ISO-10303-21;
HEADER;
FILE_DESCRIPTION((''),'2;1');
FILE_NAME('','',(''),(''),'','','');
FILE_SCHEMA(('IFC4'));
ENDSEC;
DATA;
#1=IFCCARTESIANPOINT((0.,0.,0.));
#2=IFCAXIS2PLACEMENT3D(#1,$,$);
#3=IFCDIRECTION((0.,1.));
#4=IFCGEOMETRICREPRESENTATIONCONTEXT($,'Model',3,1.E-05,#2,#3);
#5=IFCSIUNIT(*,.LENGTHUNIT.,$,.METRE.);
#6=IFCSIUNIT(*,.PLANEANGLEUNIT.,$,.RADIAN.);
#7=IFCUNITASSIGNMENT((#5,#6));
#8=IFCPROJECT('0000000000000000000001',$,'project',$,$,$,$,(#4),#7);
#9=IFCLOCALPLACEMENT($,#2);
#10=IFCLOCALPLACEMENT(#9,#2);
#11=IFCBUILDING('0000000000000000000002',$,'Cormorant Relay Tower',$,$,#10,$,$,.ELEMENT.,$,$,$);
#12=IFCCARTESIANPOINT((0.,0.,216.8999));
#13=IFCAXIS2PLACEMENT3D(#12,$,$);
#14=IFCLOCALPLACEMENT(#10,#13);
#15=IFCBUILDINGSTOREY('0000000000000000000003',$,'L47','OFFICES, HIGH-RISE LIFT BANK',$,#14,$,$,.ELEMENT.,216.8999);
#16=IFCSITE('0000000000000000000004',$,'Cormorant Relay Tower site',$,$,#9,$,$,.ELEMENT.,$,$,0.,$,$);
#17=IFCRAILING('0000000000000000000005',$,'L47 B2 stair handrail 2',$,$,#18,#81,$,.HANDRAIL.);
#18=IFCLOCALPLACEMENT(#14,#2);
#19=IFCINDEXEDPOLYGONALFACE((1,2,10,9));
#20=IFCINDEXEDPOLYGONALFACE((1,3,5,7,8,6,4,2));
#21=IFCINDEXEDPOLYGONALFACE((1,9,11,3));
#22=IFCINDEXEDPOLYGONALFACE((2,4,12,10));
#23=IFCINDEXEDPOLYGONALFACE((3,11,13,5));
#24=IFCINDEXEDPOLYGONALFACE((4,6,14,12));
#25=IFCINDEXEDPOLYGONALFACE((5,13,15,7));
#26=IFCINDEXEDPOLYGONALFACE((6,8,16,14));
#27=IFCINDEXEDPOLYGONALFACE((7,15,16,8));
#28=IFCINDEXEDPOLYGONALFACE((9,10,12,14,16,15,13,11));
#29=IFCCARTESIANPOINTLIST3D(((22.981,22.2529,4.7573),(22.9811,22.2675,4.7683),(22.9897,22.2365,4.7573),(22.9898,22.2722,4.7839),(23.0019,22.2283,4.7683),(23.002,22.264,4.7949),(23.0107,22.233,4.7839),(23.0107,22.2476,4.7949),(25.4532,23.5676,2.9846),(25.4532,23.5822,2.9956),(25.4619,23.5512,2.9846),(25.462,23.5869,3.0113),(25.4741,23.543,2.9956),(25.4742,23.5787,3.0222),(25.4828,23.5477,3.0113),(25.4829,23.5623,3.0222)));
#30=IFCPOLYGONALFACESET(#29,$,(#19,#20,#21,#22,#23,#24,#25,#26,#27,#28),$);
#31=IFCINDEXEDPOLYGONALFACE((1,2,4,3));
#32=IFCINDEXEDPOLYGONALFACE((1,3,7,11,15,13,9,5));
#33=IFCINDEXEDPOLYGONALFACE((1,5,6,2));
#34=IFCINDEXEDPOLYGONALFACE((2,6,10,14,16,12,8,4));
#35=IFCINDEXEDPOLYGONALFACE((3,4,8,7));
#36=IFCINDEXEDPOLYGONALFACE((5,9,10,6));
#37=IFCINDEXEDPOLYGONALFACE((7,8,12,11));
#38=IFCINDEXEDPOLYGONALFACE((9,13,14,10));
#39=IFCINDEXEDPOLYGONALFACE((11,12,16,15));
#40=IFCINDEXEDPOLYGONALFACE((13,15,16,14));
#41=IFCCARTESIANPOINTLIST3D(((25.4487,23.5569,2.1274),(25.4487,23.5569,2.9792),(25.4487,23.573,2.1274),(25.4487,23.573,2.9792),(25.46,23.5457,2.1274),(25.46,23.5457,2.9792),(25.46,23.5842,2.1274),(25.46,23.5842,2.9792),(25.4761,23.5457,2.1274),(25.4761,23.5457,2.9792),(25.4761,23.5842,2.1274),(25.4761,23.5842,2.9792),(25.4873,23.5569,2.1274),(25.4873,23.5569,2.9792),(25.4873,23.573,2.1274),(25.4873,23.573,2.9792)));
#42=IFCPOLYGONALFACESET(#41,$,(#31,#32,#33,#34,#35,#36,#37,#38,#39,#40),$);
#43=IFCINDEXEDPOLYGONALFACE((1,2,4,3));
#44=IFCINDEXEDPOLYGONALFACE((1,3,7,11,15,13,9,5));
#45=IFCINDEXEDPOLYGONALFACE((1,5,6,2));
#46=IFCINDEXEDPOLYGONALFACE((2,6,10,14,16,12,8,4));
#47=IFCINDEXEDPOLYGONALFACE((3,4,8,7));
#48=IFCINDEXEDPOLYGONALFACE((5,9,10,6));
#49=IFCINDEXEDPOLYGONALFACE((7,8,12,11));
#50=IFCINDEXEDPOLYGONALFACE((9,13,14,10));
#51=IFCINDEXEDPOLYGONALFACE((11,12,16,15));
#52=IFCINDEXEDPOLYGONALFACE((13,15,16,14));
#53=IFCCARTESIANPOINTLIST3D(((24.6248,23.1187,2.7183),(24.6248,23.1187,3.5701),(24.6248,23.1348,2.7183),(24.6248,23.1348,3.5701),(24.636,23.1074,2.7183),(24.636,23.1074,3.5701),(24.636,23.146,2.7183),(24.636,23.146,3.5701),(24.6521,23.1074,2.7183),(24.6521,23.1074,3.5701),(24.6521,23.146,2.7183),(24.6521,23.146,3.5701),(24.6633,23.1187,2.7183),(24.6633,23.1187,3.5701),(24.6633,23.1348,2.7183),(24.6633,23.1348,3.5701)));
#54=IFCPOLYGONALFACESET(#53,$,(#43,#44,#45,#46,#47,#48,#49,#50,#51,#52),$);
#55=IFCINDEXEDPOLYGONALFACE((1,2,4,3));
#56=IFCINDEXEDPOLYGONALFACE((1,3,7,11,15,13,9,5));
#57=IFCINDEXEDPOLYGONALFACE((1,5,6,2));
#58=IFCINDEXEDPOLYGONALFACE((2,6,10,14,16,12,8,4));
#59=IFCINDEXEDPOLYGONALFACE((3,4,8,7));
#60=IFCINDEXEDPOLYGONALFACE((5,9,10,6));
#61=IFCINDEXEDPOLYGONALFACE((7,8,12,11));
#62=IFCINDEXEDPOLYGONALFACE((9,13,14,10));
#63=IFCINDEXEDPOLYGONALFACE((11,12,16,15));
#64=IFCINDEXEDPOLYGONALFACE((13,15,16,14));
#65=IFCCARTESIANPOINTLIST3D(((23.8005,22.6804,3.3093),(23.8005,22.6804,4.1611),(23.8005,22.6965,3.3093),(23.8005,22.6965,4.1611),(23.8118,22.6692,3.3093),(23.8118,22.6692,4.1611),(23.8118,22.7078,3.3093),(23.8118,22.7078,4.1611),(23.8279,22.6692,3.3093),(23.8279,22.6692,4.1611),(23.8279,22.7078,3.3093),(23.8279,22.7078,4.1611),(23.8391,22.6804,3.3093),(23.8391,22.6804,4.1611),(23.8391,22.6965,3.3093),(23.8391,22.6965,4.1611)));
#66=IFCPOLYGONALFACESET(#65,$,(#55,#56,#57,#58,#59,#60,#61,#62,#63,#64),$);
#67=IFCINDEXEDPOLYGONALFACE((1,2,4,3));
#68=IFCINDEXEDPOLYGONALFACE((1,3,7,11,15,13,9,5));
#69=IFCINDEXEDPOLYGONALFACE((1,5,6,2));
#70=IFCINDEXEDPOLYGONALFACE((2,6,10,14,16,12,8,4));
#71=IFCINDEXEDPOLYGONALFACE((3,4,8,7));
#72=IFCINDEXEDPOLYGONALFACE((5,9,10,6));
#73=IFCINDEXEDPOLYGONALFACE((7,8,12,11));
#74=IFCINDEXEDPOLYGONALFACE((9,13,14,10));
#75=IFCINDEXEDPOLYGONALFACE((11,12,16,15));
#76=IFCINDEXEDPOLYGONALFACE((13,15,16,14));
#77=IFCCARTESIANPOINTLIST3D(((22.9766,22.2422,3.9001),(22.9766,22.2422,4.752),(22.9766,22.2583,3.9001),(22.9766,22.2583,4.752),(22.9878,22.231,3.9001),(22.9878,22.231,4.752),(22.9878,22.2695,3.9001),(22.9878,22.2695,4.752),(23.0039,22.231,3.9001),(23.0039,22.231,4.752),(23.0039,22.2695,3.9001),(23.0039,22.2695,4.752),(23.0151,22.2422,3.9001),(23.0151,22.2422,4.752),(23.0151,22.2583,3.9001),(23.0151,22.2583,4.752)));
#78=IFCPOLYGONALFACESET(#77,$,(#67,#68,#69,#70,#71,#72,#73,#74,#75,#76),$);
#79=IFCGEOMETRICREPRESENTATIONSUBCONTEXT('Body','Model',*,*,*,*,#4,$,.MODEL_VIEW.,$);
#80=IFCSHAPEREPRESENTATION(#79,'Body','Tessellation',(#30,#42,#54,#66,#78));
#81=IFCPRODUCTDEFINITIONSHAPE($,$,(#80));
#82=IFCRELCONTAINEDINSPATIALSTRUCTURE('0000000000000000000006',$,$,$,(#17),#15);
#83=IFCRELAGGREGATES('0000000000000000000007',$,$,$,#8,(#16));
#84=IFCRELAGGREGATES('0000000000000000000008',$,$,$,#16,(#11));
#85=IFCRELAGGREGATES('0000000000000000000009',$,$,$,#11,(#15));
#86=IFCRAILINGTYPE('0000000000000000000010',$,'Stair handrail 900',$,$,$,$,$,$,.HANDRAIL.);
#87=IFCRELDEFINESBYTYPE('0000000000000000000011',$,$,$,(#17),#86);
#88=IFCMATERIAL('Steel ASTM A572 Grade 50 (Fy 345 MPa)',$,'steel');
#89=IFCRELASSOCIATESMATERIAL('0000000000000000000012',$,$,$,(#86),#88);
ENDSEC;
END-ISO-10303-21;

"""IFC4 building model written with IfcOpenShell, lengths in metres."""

from ifc_helpers import new_model, si_unit, direction, frame, origin, place, context, subcontext, project, spatial, polyline, outline, extrude, material, type_object, element, save


model = new_model("IFC4")

# Units and contexts
model_context = context("Model", 3, precision=1e-05, world=origin(), true_north=direction((0.0, 1.0)))
body_context = subcontext(model_context, "Body", "Model", "MODEL_VIEW")
ifc_project = project(units=[si_unit("LENGTHUNIT", "METRE"), si_unit("PLANEANGLEUNIT", "RADIAN")], contexts=[model_context])

# Site, building, storey
site_placement = place(None, origin())
site = spatial("IfcSite", under=ifc_project, at=site_placement, Name="Cormorant Relay Tower site", CompositionType="ELEMENT", RefElevation=0.0)
building_placement = place(site_placement, origin())
building = spatial("IfcBuilding", under=site, at=building_placement, Name="Cormorant Relay Tower", CompositionType="ELEMENT")
storey_placement = place(building_placement, frame((0.0, 0.0, 216.8999)))
storey = spatial("IfcBuildingStorey", under=building, at=storey_placement, Name="L47", Description="OFFICES, HIGH-RISE LIFT BANK", CompositionType="ELEMENT", Elevation=216.8999)

# Railing
ifc_material_1 = material(Name="Steel ASTM A572 Grade 50 (Fy 345 MPa)", Category="steel")
railing_type = type_object("IfcRailingType", Name="Stair handrail 900", PredefinedType="HANDRAIL", material=ifc_material_1)
railing_placement = place(storey_placement, frame((25.468, 23.5649, 2.1274)))
element("IfcRailing", 1, at=railing_placement, inside=storey, type_object=railing_type, Name="L47 B2 stair handrail 2", PredefinedType="HANDRAIL", context=body_context, shape_type="SweptSolid", body=[
    extrude(outline(polyline([(0.0222, 0.0093), (0.0093, 0.0222), (-0.0093, 0.0222), (-0.0222, 0.0093), (-0.0222, -0.0093), (-0.0093, -0.0222), (0.0093, -0.0222), (0.0222, -0.0093), (0.0222, 0.0093)])), frame((0.0, 0.0, 0.876), z_axis=(-0.745979, -0.396711, 0.534916), x_axis=(0.469533, -0.882915, 0.0)), (0.0, 0.0, 1.0), 3.314),
    extrude(outline(polyline([(0.0193, 0.0081), (0.0081, 0.0193), (-0.0081, 0.0193), (-0.0193, 0.0081), (-0.0193, -0.0081), (-0.0081, -0.0193), (0.0081, -0.0193), (0.0193, -0.0081), (0.0193, 0.0081)])), origin(), (0.0, 0.0, 1.0), 0.8518),
    extrude(outline(polyline([(0.0193, 0.0081), (0.0081, 0.0193), (-0.0081, 0.0193), (-0.0193, 0.0081), (-0.0193, -0.0081), (-0.0081, -0.0193), (0.0081, -0.0193), (0.0193, -0.0081), (0.0193, 0.0081)])), frame((-0.824, -0.4382, 0.5908)), (0.0, 0.0, 1.0), 0.8518),
    extrude(outline(polyline([(0.0193, 0.0081), (0.0081, 0.0193), (-0.0081, 0.0193), (-0.0193, 0.0081), (-0.0193, -0.0081), (-0.0081, -0.0193), (0.0081, -0.0193), (0.0193, -0.0081), (0.0193, 0.0081)])), frame((-1.6482, -0.8765, 1.1819)), (0.0, 0.0, 1.0), 0.8518),
    extrude(outline(polyline([(0.0193, 0.0081), (0.0081, 0.0193), (-0.0081, 0.0193), (-0.0193, 0.0081), (-0.0193, -0.0081), (-0.0081, -0.0193), (0.0081, -0.0193), (0.0193, -0.0081), (0.0193, 0.0081)])), frame((-2.4722, -1.3147, 1.7727)), (0.0, 0.0, 1.0), 0.8518),
])

save(model, "model.ifc")
